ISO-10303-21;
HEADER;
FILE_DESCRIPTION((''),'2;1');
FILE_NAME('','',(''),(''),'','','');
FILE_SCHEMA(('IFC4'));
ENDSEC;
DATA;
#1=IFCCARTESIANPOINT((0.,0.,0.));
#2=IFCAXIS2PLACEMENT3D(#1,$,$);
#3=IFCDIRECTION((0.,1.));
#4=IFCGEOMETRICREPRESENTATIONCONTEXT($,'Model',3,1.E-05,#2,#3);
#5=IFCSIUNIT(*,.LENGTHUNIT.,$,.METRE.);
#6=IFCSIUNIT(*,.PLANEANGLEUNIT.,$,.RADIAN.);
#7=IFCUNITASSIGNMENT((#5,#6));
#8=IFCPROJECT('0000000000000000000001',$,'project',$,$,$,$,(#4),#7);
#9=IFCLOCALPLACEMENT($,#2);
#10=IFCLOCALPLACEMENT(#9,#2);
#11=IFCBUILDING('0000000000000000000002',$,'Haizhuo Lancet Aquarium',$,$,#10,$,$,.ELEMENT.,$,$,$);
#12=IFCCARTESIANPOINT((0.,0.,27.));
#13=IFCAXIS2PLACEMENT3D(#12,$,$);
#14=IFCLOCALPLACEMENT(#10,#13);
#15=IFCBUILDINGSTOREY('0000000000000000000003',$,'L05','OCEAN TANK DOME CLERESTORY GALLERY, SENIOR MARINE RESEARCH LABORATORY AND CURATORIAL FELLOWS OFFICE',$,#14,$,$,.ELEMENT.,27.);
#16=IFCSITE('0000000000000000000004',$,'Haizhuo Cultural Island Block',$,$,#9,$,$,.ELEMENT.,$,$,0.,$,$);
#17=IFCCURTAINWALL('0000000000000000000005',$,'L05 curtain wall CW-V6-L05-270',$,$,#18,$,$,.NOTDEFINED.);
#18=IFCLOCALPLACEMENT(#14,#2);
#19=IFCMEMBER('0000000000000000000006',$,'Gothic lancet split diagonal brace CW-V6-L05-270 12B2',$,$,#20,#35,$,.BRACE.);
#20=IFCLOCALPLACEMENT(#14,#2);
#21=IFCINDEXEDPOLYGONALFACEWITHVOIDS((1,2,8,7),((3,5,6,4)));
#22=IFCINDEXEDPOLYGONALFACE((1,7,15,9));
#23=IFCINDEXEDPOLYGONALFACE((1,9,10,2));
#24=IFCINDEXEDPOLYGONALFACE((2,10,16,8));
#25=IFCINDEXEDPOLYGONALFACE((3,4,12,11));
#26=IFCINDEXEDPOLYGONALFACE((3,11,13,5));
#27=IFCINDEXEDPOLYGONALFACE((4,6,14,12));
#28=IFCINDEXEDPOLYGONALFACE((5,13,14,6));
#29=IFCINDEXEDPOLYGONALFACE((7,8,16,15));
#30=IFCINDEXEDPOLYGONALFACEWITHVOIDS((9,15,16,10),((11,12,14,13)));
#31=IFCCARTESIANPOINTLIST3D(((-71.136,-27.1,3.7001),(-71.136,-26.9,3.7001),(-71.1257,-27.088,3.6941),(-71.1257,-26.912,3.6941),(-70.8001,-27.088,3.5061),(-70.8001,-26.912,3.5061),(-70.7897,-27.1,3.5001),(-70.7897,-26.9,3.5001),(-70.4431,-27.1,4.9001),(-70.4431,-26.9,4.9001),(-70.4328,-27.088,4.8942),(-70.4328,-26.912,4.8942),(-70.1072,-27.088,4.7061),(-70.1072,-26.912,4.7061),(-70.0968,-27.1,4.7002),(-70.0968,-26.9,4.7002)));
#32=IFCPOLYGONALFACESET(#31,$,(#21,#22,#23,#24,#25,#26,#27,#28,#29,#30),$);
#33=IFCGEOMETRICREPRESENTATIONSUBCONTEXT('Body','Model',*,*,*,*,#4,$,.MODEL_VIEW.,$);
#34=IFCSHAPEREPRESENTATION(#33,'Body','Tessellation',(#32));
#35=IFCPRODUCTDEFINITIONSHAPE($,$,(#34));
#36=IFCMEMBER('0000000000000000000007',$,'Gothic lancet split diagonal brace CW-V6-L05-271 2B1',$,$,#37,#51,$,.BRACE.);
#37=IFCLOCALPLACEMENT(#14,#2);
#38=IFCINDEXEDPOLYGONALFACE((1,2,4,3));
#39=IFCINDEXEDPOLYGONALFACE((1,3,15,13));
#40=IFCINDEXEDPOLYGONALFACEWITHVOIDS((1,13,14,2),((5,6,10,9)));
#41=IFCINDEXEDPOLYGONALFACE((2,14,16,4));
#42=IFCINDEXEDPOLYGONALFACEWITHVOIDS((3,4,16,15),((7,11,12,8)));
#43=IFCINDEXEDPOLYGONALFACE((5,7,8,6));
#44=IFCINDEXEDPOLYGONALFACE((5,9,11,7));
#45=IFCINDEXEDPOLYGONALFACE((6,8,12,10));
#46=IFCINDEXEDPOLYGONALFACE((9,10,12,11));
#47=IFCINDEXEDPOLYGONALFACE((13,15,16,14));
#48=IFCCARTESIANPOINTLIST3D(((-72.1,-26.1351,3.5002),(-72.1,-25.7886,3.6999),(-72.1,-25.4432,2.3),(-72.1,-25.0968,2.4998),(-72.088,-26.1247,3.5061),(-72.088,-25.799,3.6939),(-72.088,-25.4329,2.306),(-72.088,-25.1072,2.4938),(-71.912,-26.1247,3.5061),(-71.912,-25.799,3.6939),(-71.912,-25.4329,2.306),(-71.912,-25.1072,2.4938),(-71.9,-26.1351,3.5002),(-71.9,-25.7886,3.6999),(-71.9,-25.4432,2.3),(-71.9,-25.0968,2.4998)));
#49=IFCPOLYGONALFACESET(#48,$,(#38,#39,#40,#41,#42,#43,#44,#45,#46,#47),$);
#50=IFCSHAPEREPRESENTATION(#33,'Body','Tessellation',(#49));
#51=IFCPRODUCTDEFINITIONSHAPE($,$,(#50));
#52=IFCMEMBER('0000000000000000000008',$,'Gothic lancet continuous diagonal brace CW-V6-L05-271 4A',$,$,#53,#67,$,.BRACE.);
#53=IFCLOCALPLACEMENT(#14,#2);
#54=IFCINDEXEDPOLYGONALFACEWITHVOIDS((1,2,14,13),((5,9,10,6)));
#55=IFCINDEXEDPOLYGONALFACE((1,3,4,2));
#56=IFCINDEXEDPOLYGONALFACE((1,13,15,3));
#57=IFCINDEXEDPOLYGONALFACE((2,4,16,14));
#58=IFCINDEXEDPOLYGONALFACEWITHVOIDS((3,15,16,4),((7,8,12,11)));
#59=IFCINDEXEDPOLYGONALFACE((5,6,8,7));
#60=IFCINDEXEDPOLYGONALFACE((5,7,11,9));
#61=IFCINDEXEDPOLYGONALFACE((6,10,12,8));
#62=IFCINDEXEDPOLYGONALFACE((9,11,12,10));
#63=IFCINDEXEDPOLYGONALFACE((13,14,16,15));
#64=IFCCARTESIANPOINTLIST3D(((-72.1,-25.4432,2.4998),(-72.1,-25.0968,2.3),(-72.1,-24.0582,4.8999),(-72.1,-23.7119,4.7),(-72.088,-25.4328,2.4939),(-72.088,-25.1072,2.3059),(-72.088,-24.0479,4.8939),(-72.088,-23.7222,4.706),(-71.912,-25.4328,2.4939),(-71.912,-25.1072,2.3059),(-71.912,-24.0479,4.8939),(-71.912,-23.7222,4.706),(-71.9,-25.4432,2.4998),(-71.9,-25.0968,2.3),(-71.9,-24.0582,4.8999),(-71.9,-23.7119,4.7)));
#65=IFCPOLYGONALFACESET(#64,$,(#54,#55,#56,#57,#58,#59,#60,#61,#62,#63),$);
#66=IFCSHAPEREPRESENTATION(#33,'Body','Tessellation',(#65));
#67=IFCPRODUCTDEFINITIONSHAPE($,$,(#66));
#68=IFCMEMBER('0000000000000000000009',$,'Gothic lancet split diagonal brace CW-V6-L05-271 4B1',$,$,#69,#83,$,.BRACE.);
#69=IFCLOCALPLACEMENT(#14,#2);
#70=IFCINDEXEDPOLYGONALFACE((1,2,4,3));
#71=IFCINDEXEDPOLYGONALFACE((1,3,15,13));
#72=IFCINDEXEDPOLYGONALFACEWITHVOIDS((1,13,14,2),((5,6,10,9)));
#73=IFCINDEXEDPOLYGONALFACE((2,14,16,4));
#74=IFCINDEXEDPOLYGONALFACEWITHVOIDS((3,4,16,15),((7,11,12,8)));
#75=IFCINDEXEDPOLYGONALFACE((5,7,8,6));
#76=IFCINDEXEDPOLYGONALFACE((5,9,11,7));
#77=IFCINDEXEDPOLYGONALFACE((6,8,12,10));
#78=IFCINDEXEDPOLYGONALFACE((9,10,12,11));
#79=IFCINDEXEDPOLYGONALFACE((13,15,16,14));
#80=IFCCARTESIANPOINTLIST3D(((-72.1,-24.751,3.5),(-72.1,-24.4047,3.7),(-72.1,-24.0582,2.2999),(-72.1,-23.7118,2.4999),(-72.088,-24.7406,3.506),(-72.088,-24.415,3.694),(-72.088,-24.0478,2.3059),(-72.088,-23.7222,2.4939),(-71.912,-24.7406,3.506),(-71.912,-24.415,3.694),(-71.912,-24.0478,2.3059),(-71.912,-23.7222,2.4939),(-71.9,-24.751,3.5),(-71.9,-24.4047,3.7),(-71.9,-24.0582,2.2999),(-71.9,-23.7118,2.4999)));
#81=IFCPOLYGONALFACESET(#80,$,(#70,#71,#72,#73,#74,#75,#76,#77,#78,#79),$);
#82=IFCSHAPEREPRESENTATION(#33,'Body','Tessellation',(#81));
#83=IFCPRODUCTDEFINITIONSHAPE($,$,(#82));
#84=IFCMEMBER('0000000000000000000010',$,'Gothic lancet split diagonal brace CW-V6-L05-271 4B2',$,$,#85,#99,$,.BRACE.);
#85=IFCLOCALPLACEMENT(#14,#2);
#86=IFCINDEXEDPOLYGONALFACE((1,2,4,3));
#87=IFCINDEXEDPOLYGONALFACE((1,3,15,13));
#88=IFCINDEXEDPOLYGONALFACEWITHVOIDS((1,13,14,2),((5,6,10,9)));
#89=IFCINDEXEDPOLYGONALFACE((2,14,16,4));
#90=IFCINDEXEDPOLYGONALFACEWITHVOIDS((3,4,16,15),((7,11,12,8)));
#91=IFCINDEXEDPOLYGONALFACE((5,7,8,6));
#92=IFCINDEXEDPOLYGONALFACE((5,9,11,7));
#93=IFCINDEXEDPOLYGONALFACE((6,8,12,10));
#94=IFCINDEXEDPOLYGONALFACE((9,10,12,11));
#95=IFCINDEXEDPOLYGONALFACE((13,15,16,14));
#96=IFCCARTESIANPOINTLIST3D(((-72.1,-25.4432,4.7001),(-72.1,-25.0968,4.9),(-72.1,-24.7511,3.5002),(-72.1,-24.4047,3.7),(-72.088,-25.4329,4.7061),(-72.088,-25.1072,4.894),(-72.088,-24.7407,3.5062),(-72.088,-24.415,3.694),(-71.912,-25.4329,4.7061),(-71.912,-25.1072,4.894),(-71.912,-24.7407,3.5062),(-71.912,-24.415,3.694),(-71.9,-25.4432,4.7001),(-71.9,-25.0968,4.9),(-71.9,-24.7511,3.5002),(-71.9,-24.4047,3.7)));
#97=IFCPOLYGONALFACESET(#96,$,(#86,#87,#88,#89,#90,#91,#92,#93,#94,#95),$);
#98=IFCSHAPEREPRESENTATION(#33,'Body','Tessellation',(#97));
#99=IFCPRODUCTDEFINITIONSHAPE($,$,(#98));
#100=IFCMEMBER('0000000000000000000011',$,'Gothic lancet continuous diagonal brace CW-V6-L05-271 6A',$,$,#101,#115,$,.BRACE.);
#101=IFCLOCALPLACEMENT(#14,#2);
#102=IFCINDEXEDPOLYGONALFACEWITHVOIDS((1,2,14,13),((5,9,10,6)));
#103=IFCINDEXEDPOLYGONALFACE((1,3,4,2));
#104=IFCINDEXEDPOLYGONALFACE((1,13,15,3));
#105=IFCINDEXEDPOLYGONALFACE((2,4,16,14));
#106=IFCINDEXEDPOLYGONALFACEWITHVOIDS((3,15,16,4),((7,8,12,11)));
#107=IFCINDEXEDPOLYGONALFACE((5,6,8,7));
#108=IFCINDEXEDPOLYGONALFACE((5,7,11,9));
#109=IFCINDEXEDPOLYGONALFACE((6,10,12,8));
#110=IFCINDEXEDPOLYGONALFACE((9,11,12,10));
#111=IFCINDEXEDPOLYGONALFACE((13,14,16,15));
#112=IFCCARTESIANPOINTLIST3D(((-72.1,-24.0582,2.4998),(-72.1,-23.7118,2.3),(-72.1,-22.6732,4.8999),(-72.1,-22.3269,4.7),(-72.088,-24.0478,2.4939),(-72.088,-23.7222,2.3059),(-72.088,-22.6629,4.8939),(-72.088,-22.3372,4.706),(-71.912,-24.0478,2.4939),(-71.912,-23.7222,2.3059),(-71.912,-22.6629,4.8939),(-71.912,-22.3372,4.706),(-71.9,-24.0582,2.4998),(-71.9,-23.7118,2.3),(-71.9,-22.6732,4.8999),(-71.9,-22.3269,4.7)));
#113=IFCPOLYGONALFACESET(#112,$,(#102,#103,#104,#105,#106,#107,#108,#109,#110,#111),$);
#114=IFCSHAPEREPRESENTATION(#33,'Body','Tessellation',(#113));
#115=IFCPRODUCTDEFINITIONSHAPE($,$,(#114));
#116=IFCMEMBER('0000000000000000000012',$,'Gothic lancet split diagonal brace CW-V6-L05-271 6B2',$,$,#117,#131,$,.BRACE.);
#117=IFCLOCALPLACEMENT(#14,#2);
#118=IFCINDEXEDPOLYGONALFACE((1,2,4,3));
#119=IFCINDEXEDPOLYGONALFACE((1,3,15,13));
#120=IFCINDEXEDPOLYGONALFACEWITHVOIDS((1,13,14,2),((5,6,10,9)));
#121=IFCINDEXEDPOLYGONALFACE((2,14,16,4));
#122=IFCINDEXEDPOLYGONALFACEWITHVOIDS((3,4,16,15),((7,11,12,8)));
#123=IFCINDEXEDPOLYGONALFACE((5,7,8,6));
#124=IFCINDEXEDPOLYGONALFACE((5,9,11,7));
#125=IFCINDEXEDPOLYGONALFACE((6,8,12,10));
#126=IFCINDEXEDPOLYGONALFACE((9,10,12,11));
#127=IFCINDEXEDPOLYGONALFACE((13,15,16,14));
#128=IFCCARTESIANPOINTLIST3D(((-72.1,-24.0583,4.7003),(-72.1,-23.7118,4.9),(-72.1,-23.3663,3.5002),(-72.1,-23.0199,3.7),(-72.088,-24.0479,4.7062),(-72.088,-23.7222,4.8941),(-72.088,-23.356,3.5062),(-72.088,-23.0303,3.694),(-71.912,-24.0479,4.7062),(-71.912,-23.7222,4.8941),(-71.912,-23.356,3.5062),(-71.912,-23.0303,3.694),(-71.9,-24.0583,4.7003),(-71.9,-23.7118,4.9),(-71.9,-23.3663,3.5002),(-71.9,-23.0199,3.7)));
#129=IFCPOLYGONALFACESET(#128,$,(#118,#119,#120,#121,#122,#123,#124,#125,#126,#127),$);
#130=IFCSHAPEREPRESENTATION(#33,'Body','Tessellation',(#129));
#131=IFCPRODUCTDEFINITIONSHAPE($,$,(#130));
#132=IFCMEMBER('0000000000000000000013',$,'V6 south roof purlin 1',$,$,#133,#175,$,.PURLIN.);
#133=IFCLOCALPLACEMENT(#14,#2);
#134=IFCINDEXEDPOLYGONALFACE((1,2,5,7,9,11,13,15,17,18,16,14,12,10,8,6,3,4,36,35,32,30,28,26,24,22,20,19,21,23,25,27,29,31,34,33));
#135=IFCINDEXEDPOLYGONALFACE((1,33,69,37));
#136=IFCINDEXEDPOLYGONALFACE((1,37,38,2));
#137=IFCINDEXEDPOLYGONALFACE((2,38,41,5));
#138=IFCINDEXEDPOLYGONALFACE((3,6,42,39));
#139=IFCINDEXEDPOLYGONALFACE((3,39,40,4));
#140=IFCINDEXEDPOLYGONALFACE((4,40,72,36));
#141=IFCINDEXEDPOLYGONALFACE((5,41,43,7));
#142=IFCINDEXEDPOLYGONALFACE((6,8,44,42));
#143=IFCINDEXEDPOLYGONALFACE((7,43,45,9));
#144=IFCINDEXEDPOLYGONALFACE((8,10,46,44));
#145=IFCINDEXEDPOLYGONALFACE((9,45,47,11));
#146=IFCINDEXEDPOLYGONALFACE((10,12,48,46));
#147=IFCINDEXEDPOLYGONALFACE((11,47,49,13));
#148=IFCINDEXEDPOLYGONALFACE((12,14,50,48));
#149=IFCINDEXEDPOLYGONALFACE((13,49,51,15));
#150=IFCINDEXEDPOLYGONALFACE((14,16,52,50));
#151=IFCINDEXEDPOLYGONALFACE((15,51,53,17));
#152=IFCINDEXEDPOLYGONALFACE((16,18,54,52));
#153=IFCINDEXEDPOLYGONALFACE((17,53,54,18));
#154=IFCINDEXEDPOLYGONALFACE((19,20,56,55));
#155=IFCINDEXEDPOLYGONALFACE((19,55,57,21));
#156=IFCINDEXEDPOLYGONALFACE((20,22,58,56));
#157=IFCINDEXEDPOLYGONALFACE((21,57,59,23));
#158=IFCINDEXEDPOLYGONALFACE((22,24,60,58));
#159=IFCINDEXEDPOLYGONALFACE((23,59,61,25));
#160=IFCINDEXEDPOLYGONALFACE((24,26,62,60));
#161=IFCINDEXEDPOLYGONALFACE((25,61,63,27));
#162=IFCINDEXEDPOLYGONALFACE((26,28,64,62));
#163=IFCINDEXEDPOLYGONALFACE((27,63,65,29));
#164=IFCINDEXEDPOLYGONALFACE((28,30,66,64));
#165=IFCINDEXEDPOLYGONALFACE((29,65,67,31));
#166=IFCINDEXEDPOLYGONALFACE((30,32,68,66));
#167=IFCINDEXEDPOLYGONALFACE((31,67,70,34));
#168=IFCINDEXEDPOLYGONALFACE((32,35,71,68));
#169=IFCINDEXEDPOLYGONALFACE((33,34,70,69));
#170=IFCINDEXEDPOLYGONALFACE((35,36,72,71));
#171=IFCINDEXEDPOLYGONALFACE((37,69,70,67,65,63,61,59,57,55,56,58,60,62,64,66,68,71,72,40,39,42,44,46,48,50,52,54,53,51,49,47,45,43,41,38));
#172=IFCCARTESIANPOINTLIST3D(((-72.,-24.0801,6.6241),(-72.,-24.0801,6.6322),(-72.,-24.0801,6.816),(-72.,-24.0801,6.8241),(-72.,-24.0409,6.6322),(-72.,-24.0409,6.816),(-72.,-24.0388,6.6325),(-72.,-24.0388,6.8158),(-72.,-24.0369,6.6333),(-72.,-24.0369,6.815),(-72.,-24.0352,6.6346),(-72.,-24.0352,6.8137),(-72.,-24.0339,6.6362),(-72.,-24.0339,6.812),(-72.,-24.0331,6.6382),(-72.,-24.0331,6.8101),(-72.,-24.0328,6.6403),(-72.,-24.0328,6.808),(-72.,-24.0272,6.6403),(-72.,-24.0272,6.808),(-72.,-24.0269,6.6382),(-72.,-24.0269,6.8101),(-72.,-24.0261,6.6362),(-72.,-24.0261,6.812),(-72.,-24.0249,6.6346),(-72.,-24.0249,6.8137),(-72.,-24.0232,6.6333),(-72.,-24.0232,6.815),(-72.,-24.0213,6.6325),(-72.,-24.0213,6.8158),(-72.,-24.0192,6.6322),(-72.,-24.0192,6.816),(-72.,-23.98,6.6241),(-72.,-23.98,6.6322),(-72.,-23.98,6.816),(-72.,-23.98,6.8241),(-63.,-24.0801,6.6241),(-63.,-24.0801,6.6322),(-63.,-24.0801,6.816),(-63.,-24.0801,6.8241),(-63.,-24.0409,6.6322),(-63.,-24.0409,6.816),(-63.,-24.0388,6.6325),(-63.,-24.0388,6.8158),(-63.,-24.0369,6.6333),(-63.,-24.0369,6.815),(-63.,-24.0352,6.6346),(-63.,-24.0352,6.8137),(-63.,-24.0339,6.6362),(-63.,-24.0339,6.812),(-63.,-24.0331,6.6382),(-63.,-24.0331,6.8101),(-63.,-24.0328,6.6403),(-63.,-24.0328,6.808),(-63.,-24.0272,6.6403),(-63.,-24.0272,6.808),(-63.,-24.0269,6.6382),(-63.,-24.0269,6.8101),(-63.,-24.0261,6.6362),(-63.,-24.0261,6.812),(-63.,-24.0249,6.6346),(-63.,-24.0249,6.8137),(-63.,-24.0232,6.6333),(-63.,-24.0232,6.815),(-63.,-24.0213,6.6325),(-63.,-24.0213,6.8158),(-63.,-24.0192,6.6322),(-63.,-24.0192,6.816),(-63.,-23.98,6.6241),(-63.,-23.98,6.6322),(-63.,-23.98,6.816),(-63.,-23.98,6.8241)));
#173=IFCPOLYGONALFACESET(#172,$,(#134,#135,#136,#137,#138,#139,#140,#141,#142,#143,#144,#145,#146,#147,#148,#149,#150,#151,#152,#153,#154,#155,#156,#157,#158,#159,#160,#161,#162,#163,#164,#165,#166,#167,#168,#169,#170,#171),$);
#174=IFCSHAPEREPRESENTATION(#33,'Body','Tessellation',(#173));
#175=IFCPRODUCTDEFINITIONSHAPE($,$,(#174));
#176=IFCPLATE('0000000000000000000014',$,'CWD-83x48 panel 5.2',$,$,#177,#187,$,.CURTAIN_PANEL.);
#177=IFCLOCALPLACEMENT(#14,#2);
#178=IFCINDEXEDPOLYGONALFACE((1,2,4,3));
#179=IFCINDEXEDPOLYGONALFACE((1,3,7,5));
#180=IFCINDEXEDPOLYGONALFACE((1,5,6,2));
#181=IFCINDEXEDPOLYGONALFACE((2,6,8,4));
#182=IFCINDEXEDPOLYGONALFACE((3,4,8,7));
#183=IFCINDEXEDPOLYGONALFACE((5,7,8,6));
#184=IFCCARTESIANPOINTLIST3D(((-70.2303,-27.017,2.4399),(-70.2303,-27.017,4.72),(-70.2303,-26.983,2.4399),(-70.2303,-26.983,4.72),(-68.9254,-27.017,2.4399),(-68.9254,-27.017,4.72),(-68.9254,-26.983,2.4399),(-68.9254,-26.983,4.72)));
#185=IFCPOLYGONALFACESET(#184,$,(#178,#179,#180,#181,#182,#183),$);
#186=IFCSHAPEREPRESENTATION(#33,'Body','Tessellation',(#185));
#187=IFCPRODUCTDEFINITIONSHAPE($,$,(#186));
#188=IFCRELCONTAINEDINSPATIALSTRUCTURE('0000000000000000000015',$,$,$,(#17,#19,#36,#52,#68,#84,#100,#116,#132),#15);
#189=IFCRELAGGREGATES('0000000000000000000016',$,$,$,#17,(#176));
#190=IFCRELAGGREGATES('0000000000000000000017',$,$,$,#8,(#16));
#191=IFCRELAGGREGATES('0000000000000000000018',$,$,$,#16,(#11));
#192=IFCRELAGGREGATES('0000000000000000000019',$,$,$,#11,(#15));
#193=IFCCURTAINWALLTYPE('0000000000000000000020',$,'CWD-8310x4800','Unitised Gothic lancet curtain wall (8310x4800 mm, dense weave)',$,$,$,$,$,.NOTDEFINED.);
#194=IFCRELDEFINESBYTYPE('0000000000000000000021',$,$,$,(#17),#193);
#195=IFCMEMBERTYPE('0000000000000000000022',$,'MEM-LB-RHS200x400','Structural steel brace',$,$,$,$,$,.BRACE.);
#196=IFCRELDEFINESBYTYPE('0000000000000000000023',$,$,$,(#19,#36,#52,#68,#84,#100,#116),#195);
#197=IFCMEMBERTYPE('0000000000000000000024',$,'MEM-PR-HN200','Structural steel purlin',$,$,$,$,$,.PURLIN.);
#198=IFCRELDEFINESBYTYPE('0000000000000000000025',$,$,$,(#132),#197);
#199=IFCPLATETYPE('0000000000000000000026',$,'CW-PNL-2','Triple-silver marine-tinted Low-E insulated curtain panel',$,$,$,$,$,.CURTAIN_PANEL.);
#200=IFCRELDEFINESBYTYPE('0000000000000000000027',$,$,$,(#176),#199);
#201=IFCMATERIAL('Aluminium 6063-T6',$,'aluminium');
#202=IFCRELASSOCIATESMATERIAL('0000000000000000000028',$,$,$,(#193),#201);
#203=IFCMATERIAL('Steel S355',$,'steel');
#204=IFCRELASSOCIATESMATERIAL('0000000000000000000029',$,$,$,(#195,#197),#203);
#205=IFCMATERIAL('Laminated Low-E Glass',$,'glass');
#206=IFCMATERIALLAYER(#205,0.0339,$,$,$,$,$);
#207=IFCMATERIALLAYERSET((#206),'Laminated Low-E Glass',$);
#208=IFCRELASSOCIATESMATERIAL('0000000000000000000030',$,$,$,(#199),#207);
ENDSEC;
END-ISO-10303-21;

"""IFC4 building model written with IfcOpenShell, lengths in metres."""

from ifc_helpers import new_model, si_unit, direction, frame, origin, origin_2d, place, context, subcontext, project, spatial, rectangle, hollow_rectangle, i_section, extrude, material, layer, layer_set, material_profile, profile_set, type_object, element, aggregate, save


model = new_model("IFC4")

# Units and contexts
model_context = context("Model", 3, precision=1e-05, world=origin(), true_north=direction((0.0, 1.0)))
body_context = subcontext(model_context, "Body", "Model", "MODEL_VIEW")
ifc_project = project(units=[si_unit("LENGTHUNIT", "METRE"), si_unit("PLANEANGLEUNIT", "RADIAN")], contexts=[model_context])

# Site, building, storey
site_placement = place(None, origin())
site = spatial("IfcSite", under=ifc_project, at=site_placement, Name="Haizhuo Cultural Island Block", CompositionType="ELEMENT", RefElevation=0.0)
building_placement = place(site_placement, origin())
building = spatial("IfcBuilding", under=site, at=building_placement, Name="Haizhuo Lancet Aquarium", CompositionType="ELEMENT")
storey_placement = place(building_placement, frame((0.0, 0.0, 27.0)))
storey = spatial("IfcBuildingStorey", under=building, at=storey_placement, Name="L05", Description="OCEAN TANK DOME CLERESTORY GALLERY, SENIOR MARINE RESEARCH LABORATORY AND CURATORIAL FELLOWS OFFICE", CompositionType="ELEMENT", Elevation=27.0)

# Curtain wall
ifc_material_1 = material(Name="Aluminium 6063-T6", Category="aluminium")
curtain_wall_type = type_object("IfcCurtainWallType", Name="CWD-8310x4800", Description="Unitised Gothic lancet curtain wall (8310x4800 mm, dense weave)", PredefinedType="NOTDEFINED", material=ifc_material_1)
curtain_wall_1_placement = place(storey_placement, origin())
curtain_wall_1 = element("IfcCurtainWall", 1, at=curtain_wall_1_placement, inside=storey, type_object=curtain_wall_type, Name="L05 curtain wall CW-V6-L05-270", PredefinedType="NOTDEFINED")

# Members
ifc_material_2 = material(Name="Steel S355", Category="steel")
ifc_material_profile_1 = material_profile(ifc_material_2, hollow_rectangle(XDim=0.2, YDim=0.3999, WallThickness=0.012, at=origin_2d()), Name="RHS 200x400x12")
ifc_profile_set_1 = profile_set([ifc_material_profile_1], Name="Steel S355")
member_type_1 = type_object("IfcMemberType", Name="MEM-LB-RHS200x400", Description="Structural steel brace", PredefinedType="BRACE", material=ifc_profile_set_1)
member_1_placement = place(storey_placement, frame((-70.9629, -27.0, 3.6001), z_axis=(0.500043, 0.0, 0.866001), x_axis=(0.0, 1.0, 0.0)))
element("IfcMember", 2, at=member_1_placement, inside=storey, type_object=member_type_1, Name="Gothic lancet split diagonal brace CW-V6-L05-270 12B2", PredefinedType="BRACE", context=body_context, shape_type="SweptSolid", body=[
    extrude(hollow_rectangle(XDim=0.2, YDim=0.3999, WallThickness=0.012, at=origin_2d()), origin(), (0.0, 0.0, 1.0), 1.3857),
])
member_2_placement = place(storey_placement, frame((-72.0, -25.27, 2.3999), z_axis=(0.0, -0.499438, 0.86635), x_axis=(1.0, 0.0, 0.0)))
element("IfcMember", 3, at=member_2_placement, inside=storey, type_object=member_type_1, Name="Gothic lancet split diagonal brace CW-V6-L05-271 2B1", PredefinedType="BRACE", context=body_context, shape_type="SweptSolid", body=[
    extrude(hollow_rectangle(XDim=0.2, YDim=0.3999, WallThickness=0.012, at=origin_2d()), origin(), (0.0, 0.0, 1.0), 1.3853),
])
member_3_placement = place(storey_placement, frame((-72.0, -25.27, 2.3999), z_axis=(0.0, 0.499806, 0.866137), x_axis=(-1.0, 0.0, 0.0)))
element("IfcMember", 4, at=member_3_placement, inside=storey, type_object=member_type_1, Name="Gothic lancet continuous diagonal brace CW-V6-L05-271 4A", PredefinedType="BRACE", context=body_context, shape_type="SweptSolid", body=[
    extrude(hollow_rectangle(XDim=0.2, YDim=0.3999, WallThickness=0.012, at=origin_2d()), origin(), (0.0, 0.0, 1.0), 2.771),
])
member_4_placement = place(storey_placement, frame((-72.0, -23.885, 2.3999), z_axis=(0.0, -0.499966, 0.866045), x_axis=(1.0, 0.0, 0.0)))
element("IfcMember", 5, at=member_4_placement, inside=storey, type_object=member_type_1, Name="Gothic lancet split diagonal brace CW-V6-L05-271 4B1", PredefinedType="BRACE", context=body_context, shape_type="SweptSolid", body=[
    extrude(hollow_rectangle(XDim=0.2, YDim=0.3999, WallThickness=0.012, at=origin_2d()), origin(), (0.0, 0.0, 1.0), 1.3857),
])
member_5_placement = place(storey_placement, frame((-72.0, -24.5779, 3.6001), z_axis=(0.0, -0.499646, 0.86623), x_axis=(1.0, 0.0, 0.0)))
element("IfcMember", 6, at=member_5_placement, inside=storey, type_object=member_type_1, Name="Gothic lancet split diagonal brace CW-V6-L05-271 4B2", PredefinedType="BRACE", context=body_context, shape_type="SweptSolid", body=[
    extrude(hollow_rectangle(XDim=0.2, YDim=0.3999, WallThickness=0.012, at=origin_2d()), origin(), (0.0, 0.0, 1.0), 1.3853),
])
member_6_placement = place(storey_placement, frame((-72.0, -23.885, 2.3999), z_axis=(0.0, 0.499806, 0.866137), x_axis=(-1.0, 0.0, 0.0)))
element("IfcMember", 7, at=member_6_placement, inside=storey, type_object=member_type_1, Name="Gothic lancet continuous diagonal brace CW-V6-L05-271 6A", PredefinedType="BRACE", context=body_context, shape_type="SweptSolid", body=[
    extrude(hollow_rectangle(XDim=0.2, YDim=0.3999, WallThickness=0.012, at=origin_2d()), origin(), (0.0, 0.0, 1.0), 2.771),
])
member_7_placement = place(storey_placement, frame((-72.0, -23.1931, 3.6001), z_axis=(0.0, -0.499514, 0.866306), x_axis=(1.0, 0.0, 0.0)))
element("IfcMember", 8, at=member_7_placement, inside=storey, type_object=member_type_1, Name="Gothic lancet split diagonal brace CW-V6-L05-271 6B2", PredefinedType="BRACE", context=body_context, shape_type="SweptSolid", body=[
    extrude(hollow_rectangle(XDim=0.2, YDim=0.3999, WallThickness=0.012, at=origin_2d()), origin(), (0.0, 0.0, 1.0), 1.3853),
])
ifc_material_profile_2 = material_profile(ifc_material_2, i_section(OverallWidth=0.1001, OverallDepth=0.2, WebThickness=0.0056, FlangeThickness=0.0081, FilletRadius=0.0081, at=origin_2d()), Name="HN 200x100x5.5x8")
ifc_profile_set_2 = profile_set([ifc_material_profile_2], Name="Steel S355")
member_type_2 = type_object("IfcMemberType", Name="MEM-PR-HN200", Description="Structural steel purlin", PredefinedType="PURLIN", material=ifc_profile_set_2)
member_8_placement = place(storey_placement, frame((-72.0, -24.03, 6.7241), z_axis=(1.0, 0.0, 0.0), x_axis=(0.0, 1.0, 0.0)))
element("IfcMember", 9, at=member_8_placement, inside=storey, type_object=member_type_2, Name="V6 south roof purlin 1", PredefinedType="PURLIN", context=body_context, shape_type="SweptSolid", body=[
    extrude(i_section(OverallWidth=0.1001, OverallDepth=0.2, WebThickness=0.0056, FlangeThickness=0.0081, FilletRadius=0.0081, at=origin_2d()), origin(), (0.0, 0.0, 1.0), 9.0),
])

# Plate
ifc_material_3 = material(Name="Laminated Low-E Glass", Category="glass")
ifc_layer_1 = layer(ifc_material_3, 0.0339)
ifc_layer_set_1 = layer_set([ifc_layer_1], Name="Laminated Low-E Glass")
plate_type_1 = type_object("IfcPlateType", Name="CW-PNL-2", Description="Triple-silver marine-tinted Low-E insulated curtain panel", PredefinedType="CURTAIN_PANEL", material=ifc_layer_set_1)
plate_1_placement = place(storey_placement, frame((-69.5779, -27.0, 2.4399), z_axis=(0.0, 0.0, 1.0), x_axis=(-1.0, 0.0, 0.0)))
plate_1 = element("IfcPlate", 10, at=plate_1_placement, type_object=plate_type_1, Name="CWD-83x48 panel 5.2", PredefinedType="CURTAIN_PANEL", context=body_context, shape_type="SweptSolid", body=[
    extrude(rectangle(XDim=1.3049, YDim=0.0339, at=origin_2d()), origin(), (0.0, 0.0, 1.0), 2.28),
])
aggregate(curtain_wall_1, [plate_1])

save(model, "model.ifc")
